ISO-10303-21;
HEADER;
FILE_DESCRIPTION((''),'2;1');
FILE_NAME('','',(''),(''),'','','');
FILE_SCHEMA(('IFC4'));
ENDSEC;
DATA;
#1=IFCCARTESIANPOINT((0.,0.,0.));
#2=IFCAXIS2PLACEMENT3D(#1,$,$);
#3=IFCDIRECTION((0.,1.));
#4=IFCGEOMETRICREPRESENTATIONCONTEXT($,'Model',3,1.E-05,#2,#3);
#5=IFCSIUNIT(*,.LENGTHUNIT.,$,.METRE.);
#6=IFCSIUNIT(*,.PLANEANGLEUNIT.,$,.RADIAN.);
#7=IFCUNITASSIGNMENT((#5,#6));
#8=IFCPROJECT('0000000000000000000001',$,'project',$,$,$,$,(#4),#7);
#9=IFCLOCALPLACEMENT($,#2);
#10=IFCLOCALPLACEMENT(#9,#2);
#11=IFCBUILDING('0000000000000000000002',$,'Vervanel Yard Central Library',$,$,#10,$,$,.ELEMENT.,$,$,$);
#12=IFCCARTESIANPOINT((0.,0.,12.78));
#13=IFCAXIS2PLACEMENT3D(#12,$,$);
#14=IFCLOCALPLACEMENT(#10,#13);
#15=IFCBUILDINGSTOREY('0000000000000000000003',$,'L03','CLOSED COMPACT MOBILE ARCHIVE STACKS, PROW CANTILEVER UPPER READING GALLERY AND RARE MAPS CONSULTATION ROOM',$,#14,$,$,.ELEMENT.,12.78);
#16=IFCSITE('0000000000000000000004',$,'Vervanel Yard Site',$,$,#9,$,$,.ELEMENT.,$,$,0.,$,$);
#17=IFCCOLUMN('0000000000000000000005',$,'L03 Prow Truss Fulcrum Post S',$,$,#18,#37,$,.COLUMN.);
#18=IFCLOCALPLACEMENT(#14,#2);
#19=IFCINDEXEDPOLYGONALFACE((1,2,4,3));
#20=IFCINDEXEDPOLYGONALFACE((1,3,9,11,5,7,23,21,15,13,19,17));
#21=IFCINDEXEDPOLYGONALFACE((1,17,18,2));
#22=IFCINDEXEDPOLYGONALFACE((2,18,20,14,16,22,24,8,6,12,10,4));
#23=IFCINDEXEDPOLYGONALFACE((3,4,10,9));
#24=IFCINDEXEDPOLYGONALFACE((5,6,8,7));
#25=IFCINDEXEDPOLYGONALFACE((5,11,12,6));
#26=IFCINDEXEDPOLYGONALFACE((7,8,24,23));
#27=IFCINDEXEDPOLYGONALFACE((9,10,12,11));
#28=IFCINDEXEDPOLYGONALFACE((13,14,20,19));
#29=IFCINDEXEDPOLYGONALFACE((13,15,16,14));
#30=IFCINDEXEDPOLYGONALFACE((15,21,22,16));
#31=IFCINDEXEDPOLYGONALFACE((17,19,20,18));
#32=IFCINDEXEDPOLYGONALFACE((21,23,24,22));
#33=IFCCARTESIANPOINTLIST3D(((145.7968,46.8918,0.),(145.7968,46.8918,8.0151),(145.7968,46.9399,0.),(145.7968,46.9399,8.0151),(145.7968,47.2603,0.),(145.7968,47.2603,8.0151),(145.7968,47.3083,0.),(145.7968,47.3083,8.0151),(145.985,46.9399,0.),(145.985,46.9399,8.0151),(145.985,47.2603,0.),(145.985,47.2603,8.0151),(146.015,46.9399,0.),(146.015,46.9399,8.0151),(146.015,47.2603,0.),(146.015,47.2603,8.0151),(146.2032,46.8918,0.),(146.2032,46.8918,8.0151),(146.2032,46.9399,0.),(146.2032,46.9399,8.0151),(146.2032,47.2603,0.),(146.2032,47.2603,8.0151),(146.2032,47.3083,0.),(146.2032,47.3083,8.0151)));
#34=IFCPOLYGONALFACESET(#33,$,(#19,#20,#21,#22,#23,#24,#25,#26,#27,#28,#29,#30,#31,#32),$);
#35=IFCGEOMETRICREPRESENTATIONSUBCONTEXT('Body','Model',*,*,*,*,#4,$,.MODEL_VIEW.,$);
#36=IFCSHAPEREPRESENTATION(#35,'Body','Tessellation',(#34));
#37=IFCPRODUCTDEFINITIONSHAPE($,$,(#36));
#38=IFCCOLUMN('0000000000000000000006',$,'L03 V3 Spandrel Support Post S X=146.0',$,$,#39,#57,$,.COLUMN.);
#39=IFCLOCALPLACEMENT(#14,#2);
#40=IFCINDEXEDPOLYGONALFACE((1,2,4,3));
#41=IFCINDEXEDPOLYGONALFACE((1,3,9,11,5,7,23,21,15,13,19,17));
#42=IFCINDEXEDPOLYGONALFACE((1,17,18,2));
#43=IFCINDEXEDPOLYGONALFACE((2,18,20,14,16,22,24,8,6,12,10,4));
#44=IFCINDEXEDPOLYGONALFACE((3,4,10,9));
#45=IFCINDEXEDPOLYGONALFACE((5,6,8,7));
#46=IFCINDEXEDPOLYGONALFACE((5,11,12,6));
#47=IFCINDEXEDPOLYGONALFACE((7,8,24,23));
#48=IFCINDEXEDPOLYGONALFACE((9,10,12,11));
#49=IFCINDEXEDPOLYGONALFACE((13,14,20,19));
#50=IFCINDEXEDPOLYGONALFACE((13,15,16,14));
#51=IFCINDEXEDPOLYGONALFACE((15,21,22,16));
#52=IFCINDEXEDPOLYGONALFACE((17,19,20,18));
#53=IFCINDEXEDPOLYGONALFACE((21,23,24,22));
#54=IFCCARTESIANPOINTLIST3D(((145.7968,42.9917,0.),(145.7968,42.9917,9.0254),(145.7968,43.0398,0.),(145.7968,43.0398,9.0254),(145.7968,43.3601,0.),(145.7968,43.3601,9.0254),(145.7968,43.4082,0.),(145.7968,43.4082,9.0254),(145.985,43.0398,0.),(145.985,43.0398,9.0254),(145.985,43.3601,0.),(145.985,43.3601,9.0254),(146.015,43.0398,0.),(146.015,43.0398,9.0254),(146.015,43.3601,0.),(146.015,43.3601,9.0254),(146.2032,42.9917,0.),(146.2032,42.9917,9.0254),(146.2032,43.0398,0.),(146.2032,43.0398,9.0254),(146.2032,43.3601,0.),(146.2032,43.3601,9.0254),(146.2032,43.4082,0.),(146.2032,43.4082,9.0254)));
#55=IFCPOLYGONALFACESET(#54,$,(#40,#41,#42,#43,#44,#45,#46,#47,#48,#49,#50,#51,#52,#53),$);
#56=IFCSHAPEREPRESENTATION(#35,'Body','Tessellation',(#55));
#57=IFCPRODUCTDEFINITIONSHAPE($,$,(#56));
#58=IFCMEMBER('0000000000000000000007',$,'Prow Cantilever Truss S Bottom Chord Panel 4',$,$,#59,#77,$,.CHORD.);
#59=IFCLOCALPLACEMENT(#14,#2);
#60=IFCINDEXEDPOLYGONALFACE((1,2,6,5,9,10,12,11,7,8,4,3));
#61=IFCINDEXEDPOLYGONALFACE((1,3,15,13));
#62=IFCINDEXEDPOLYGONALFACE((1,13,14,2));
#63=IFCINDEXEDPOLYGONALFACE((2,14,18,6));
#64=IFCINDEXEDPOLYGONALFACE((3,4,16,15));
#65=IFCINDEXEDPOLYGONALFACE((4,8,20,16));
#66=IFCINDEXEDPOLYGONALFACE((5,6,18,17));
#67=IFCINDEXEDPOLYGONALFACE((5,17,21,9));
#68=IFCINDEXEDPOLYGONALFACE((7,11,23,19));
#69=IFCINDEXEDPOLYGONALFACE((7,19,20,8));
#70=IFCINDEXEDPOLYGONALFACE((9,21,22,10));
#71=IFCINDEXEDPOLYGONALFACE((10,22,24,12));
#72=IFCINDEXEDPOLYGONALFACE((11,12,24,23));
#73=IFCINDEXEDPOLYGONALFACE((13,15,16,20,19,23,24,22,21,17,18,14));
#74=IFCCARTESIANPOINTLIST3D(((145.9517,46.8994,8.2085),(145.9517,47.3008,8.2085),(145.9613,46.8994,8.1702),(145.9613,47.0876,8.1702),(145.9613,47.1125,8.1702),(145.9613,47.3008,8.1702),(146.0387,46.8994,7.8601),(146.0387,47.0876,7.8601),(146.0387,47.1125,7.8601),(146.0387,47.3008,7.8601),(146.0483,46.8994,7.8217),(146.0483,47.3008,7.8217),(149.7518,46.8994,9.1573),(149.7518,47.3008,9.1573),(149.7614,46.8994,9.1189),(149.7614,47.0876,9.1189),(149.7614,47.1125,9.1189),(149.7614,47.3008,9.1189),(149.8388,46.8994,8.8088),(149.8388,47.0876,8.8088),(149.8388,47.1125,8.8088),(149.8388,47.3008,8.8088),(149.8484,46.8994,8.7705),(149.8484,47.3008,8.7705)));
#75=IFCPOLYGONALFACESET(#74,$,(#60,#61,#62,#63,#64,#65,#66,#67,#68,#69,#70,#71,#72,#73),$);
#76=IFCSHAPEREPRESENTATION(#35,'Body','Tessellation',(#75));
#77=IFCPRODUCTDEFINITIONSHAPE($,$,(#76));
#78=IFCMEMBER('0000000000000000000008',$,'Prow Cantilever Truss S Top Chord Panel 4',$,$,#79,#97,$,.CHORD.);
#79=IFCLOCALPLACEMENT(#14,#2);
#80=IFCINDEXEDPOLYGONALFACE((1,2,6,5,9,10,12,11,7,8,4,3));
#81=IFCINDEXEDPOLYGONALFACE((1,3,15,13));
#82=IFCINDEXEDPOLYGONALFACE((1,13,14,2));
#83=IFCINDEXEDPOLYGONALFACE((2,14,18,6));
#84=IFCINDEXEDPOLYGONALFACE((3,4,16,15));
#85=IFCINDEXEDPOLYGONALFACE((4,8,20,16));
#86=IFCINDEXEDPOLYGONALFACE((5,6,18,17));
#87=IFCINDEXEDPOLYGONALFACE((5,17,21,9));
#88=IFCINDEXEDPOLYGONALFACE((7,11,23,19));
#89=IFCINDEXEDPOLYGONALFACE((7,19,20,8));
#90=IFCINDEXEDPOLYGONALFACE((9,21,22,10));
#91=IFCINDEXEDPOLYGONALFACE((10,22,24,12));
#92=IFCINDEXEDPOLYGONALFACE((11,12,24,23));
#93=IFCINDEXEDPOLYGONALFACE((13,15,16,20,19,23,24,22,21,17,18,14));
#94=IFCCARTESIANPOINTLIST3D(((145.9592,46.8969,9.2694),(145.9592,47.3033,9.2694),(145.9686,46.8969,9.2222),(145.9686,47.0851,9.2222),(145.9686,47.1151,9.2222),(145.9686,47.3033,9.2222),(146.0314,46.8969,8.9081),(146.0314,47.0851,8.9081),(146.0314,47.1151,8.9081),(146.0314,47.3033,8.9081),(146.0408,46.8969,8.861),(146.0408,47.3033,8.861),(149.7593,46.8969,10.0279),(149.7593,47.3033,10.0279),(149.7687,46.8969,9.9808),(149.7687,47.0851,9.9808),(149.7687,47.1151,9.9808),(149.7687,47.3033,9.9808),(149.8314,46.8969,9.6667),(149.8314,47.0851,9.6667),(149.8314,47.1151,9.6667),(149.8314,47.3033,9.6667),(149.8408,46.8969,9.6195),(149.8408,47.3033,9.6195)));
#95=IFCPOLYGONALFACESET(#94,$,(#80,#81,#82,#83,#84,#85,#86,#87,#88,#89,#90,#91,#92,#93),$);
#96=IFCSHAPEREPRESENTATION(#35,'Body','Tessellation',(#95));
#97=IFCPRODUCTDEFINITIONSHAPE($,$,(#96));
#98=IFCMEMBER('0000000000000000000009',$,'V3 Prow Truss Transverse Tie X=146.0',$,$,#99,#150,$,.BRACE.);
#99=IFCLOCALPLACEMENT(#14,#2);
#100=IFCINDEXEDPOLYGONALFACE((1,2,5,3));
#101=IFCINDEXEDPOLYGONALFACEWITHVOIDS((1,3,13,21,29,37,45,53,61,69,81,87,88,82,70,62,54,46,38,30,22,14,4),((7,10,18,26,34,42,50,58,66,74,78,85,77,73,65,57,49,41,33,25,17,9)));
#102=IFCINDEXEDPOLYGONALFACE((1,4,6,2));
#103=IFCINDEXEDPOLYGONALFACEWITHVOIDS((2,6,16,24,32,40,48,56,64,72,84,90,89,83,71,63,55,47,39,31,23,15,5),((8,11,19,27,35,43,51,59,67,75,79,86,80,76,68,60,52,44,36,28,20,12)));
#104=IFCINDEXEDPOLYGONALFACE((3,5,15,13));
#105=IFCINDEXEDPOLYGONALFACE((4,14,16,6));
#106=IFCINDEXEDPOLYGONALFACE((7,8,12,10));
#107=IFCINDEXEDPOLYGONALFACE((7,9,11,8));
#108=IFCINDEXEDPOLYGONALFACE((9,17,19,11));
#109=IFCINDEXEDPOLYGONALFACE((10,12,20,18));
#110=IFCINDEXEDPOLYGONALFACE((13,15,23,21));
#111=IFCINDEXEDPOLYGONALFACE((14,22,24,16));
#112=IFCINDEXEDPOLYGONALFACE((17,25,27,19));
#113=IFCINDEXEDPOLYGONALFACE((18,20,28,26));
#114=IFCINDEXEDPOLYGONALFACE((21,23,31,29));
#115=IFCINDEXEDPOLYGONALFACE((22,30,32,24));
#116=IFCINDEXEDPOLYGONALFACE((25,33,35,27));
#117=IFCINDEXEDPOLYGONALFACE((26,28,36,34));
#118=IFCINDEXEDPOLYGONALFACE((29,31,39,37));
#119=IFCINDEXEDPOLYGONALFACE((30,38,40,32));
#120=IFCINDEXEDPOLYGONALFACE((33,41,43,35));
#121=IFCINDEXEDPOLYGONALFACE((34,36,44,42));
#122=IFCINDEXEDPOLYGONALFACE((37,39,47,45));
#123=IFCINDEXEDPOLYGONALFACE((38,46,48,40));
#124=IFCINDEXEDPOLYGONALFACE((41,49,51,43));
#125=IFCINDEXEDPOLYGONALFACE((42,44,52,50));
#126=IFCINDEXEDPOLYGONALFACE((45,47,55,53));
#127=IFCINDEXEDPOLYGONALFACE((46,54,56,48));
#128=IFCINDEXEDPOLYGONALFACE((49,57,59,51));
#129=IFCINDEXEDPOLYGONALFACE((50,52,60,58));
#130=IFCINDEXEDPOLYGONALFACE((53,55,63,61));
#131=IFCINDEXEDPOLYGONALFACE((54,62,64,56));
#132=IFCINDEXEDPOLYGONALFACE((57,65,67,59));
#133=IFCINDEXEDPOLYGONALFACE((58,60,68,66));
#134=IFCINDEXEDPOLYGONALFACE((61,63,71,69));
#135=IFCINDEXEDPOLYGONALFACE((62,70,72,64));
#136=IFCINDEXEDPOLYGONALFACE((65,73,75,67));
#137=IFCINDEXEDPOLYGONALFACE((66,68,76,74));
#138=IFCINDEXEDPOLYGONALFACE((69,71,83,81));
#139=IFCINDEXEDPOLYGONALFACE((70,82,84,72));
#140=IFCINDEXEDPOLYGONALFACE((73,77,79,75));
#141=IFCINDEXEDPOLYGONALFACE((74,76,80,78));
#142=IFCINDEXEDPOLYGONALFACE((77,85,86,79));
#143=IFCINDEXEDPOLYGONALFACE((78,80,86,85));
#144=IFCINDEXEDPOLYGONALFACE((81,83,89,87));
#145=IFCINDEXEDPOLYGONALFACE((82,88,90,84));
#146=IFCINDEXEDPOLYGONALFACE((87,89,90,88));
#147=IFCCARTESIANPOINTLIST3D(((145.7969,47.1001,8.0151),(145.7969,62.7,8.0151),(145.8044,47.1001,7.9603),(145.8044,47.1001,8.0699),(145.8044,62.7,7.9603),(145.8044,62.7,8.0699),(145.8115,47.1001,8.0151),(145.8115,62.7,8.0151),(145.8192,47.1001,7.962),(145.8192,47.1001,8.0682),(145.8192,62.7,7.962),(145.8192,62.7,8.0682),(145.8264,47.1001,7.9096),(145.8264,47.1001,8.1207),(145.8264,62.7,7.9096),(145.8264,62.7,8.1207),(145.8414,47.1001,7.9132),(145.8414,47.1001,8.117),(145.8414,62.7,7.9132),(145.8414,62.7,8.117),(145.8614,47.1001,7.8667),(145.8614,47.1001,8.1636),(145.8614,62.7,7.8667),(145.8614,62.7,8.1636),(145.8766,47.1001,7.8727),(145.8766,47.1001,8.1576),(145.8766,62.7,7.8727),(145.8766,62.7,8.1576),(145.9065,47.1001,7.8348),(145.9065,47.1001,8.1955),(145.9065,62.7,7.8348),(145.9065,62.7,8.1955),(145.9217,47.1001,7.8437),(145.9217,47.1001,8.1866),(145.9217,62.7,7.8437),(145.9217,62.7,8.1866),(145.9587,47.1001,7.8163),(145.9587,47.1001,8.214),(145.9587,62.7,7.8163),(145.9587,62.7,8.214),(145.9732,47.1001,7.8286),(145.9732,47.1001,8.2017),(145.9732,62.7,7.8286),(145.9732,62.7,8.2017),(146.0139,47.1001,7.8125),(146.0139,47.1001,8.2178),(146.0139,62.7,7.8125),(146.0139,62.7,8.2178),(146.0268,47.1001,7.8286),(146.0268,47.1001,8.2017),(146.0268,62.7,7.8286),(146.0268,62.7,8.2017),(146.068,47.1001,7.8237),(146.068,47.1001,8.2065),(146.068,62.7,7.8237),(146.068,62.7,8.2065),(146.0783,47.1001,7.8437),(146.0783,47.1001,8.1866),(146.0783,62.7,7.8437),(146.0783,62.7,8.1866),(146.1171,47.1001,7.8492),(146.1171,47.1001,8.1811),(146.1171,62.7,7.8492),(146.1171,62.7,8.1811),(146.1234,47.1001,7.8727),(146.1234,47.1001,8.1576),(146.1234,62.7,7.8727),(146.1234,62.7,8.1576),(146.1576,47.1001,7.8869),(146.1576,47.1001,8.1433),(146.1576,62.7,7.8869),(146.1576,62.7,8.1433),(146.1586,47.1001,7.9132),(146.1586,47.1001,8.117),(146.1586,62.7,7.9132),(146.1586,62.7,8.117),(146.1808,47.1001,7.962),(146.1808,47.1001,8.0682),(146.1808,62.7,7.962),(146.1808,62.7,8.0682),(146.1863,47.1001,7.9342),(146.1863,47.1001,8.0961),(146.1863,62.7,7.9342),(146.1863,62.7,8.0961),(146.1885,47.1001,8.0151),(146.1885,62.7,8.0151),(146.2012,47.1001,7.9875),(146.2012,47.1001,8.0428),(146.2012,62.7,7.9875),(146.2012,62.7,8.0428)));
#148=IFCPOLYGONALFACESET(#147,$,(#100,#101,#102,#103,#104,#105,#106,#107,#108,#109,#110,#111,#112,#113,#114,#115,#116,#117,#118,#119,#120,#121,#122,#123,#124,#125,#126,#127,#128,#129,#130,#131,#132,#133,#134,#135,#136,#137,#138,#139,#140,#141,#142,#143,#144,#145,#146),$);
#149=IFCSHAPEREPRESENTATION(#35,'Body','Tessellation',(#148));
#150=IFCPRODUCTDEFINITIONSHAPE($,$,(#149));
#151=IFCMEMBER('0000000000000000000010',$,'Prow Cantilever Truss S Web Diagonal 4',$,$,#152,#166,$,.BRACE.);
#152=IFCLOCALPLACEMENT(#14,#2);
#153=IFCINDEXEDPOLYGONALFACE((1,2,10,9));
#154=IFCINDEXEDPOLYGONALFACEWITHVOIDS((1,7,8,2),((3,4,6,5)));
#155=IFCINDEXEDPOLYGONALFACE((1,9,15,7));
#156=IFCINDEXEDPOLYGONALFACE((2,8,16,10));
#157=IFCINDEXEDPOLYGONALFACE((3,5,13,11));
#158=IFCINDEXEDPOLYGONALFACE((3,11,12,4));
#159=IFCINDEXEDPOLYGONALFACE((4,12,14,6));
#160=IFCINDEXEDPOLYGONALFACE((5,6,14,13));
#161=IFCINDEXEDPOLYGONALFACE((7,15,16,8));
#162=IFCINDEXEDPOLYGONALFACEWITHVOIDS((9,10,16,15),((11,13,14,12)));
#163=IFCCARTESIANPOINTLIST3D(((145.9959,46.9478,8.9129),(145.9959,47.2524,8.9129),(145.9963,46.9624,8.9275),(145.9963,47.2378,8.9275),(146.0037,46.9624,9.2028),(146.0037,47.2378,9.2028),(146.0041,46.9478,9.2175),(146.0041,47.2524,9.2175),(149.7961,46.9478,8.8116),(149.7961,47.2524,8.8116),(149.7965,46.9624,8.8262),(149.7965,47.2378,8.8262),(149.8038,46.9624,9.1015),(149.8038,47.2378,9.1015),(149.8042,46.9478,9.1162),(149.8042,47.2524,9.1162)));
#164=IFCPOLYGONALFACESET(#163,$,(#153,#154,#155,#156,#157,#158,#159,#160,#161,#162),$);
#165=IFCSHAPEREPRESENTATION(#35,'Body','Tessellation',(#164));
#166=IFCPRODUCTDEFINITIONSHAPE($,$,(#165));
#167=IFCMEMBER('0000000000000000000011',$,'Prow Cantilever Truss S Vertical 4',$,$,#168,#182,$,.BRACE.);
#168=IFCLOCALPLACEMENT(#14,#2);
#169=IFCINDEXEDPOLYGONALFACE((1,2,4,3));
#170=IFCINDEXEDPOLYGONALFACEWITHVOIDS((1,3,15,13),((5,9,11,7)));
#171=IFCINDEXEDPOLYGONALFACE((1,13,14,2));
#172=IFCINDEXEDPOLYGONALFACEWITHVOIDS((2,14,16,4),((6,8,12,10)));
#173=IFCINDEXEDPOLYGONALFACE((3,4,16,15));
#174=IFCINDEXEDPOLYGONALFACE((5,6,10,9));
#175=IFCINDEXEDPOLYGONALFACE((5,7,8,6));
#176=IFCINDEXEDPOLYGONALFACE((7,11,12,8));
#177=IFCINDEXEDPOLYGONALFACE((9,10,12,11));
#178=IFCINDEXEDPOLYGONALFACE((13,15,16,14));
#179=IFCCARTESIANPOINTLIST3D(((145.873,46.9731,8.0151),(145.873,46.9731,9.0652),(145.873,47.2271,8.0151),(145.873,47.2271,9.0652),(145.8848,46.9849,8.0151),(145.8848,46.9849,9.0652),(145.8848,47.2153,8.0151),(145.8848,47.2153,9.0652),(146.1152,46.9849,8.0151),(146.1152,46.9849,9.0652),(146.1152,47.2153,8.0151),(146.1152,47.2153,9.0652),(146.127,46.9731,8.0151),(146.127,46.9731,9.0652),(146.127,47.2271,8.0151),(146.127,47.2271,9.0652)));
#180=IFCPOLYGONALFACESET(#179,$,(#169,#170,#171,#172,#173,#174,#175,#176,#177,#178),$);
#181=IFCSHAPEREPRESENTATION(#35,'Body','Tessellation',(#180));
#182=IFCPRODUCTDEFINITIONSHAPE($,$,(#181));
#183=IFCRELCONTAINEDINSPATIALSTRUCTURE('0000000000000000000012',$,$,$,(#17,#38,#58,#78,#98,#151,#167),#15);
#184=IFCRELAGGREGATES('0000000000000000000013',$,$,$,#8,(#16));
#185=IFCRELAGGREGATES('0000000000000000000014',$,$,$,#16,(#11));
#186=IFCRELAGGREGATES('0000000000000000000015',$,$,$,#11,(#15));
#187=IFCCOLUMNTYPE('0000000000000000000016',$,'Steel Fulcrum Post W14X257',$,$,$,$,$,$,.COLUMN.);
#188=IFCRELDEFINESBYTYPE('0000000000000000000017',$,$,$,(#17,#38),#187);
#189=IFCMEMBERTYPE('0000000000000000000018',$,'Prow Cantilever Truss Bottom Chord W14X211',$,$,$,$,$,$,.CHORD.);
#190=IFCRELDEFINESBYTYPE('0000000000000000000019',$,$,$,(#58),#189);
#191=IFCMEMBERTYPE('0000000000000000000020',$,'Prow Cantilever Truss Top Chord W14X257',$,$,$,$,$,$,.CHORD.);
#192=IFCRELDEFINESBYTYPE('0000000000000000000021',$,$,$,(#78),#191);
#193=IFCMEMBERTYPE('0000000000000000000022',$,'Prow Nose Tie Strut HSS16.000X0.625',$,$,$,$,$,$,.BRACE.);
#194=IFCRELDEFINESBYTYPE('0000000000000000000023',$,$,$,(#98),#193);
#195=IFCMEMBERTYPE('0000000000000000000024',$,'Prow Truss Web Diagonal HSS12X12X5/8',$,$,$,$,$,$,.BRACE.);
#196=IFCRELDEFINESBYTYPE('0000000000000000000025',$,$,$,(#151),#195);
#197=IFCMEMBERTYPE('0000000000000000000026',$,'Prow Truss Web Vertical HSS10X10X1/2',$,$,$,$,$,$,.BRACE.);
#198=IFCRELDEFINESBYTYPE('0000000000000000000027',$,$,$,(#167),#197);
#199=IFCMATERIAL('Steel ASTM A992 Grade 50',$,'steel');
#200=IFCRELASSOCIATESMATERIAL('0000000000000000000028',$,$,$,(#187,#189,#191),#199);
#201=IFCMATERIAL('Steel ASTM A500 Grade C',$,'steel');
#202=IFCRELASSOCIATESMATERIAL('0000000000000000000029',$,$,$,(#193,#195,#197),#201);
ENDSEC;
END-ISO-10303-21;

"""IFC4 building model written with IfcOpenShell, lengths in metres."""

from ifc_helpers import new_model, si_unit, direction, frame, origin, origin_2d, place, context, subcontext, project, spatial, hollow_rectangle, hollow_circle, i_section, extrude, material, material_profile, profile_set, type_object, element, save


model = new_model("IFC4")

# Units and contexts
model_context = context("Model", 3, precision=1e-05, world=origin(), true_north=direction((0.0, 1.0)))
body_context = subcontext(model_context, "Body", "Model", "MODEL_VIEW")
ifc_project = project(units=[si_unit("LENGTHUNIT", "METRE"), si_unit("PLANEANGLEUNIT", "RADIAN")], contexts=[model_context])

# Site, building, storey
site_placement = place(None, origin())
site = spatial("IfcSite", under=ifc_project, at=site_placement, Name="Vervanel Yard Site", CompositionType="ELEMENT", RefElevation=0.0)
building_placement = place(site_placement, origin())
building = spatial("IfcBuilding", under=site, at=building_placement, Name="Vervanel Yard Central Library", CompositionType="ELEMENT")
storey_placement = place(building_placement, frame((0.0, 0.0, 12.78)))
storey = spatial("IfcBuildingStorey", under=building, at=storey_placement, Name="L03", Description="CLOSED COMPACT MOBILE ARCHIVE STACKS, PROW CANTILEVER UPPER READING GALLERY AND RARE MAPS CONSULTATION ROOM", CompositionType="ELEMENT", Elevation=12.78)

# Columns
ifc_material_1 = material(Name="Steel ASTM A992 Grade 50", Category="steel")
ifc_material_profile_1 = material_profile(ifc_material_1, i_section(OverallWidth=0.4065, OverallDepth=0.4165, WebThickness=0.03, FlangeThickness=0.0481, at=origin_2d()), Name="W14X257", Category="steel")
ifc_profile_set_1 = profile_set([ifc_material_profile_1], Name="Steel ASTM A992 Grade 50")
column_type = type_object("IfcColumnType", Name="Steel Fulcrum Post W14X257", PredefinedType="COLUMN", material=ifc_profile_set_1)
column_1_placement = place(storey_placement, frame((146.0, 47.1001, 0.0), z_axis=(0.0, 0.0, 1.0), x_axis=(1.0, 0.0, 0.0)))
element("IfcColumn", 1, at=column_1_placement, inside=storey, type_object=column_type, Name="L03 Prow Truss Fulcrum Post S", PredefinedType="COLUMN", context=body_context, shape_type="SweptSolid", body=[
    extrude(i_section(OverallWidth=0.4065, OverallDepth=0.4165, WebThickness=0.03, FlangeThickness=0.0481, at=origin_2d()), origin(), (0.0, 0.0, 1.0), 8.0151),
])
column_2_placement = place(storey_placement, frame((146.0, 43.2, 0.0), z_axis=(0.0, 0.0, 1.0), x_axis=(1.0, 0.0, 0.0)))
element("IfcColumn", 2, at=column_2_placement, inside=storey, type_object=column_type, Name="L03 V3 Spandrel Support Post S X=146.0", PredefinedType="COLUMN", context=body_context, shape_type="SweptSolid", body=[
    extrude(i_section(OverallWidth=0.4065, OverallDepth=0.4165, WebThickness=0.03, FlangeThickness=0.0481, at=origin_2d()), origin(), (0.0, 0.0, 1.0), 9.0254),
])

# Members
ifc_material_profile_2 = material_profile(ifc_material_1, i_section(OverallWidth=0.4014, OverallDepth=0.3987, WebThickness=0.0249, FlangeThickness=0.0396, at=origin_2d()), Name="W14X211", Category="steel")
ifc_profile_set_2 = profile_set([ifc_material_profile_2], Name="Steel ASTM A992 Grade 50")
member_type_1 = type_object("IfcMemberType", Name="Prow Cantilever Truss Bottom Chord W14X211", PredefinedType="CHORD", material=ifc_profile_set_2)
member_1_placement = place(storey_placement, frame((146.0, 47.1001, 8.0151), z_axis=(0.970219, 0.0, 0.242228), x_axis=(0.0, 1.0, 0.0)))
element("IfcMember", 3, at=member_1_placement, inside=storey, type_object=member_type_1, Name="Prow Cantilever Truss S Bottom Chord Panel 4", PredefinedType="CHORD", context=body_context, shape_type="SweptSolid", body=[
    extrude(i_section(OverallWidth=0.4014, OverallDepth=0.3987, WebThickness=0.0249, FlangeThickness=0.0396, at=origin_2d()), origin(), (0.0, 0.0, 1.0), 3.9167),
])
ifc_material_profile_3 = material_profile(ifc_material_1, i_section(OverallWidth=0.4065, OverallDepth=0.4165, WebThickness=0.03, FlangeThickness=0.0481, at=origin_2d()), Name="W14X257", Category="steel")
ifc_profile_set_3 = profile_set([ifc_material_profile_3], Name="Steel ASTM A992 Grade 50")
member_type_2 = type_object("IfcMemberType", Name="Prow Cantilever Truss Top Chord W14X257", PredefinedType="CHORD", material=ifc_profile_set_3)
member_2_placement = place(storey_placement, frame((146.0, 47.1001, 9.0652), z_axis=(0.980653, 0.0, 0.195753), x_axis=(0.0, 1.0, 0.0)))
element("IfcMember", 4, at=member_2_placement, inside=storey, type_object=member_type_2, Name="Prow Cantilever Truss S Top Chord Panel 4", PredefinedType="CHORD", context=body_context, shape_type="SweptSolid", body=[
    extrude(i_section(OverallWidth=0.4065, OverallDepth=0.4165, WebThickness=0.03, FlangeThickness=0.0481, at=origin_2d()), origin(), (0.0, 0.0, 1.0), 3.875),
])
ifc_material_2 = material(Name="Steel ASTM A500 Grade C", Category="steel")
ifc_material_profile_4 = material_profile(ifc_material_2, hollow_circle(Radius=0.2031, WallThickness=0.0146, at=origin_2d()), Name="HSS16.000X0.625", Category="steel")
ifc_profile_set_4 = profile_set([ifc_material_profile_4], Name="Steel ASTM A500 Grade C")
member_type_3 = type_object("IfcMemberType", Name="Prow Nose Tie Strut HSS16.000X0.625", PredefinedType="BRACE", material=ifc_profile_set_4)
member_3_placement = place(storey_placement, frame((146.0, 47.1001, 8.0151), z_axis=(0.0, 1.0, 0.0), x_axis=(-1.0, 0.0, 0.0)))
element("IfcMember", 5, at=member_3_placement, inside=storey, type_object=member_type_3, Name="V3 Prow Truss Transverse Tie X=146.0", PredefinedType="BRACE", context=body_context, shape_type="SweptSolid", body=[
    extrude(hollow_circle(Radius=0.2031, WallThickness=0.0146, at=origin_2d()), origin(), (0.0, 0.0, 1.0), 15.5999),
])
ifc_material_profile_5 = material_profile(ifc_material_2, hollow_rectangle(XDim=0.3047, YDim=0.3047, WallThickness=0.0146, at=origin_2d()), Name="HSS12X12X5/8", Category="steel")
ifc_profile_set_5 = profile_set([ifc_material_profile_5], Name="Steel ASTM A500 Grade C")
member_type_4 = type_object("IfcMemberType", Name="Prow Truss Web Diagonal HSS12X12X5/8", PredefinedType="BRACE", material=ifc_profile_set_5)
member_4_placement = place(storey_placement, frame((146.0, 47.1001, 9.0652), z_axis=(0.999645, 0.0, -0.026653), x_axis=(0.0, 1.0, 0.0)))
element("IfcMember", 6, at=member_4_placement, inside=storey, type_object=member_type_4, Name="Prow Cantilever Truss S Web Diagonal 4", PredefinedType="BRACE", context=body_context, shape_type="SweptSolid", body=[
    extrude(hollow_rectangle(XDim=0.3047, YDim=0.3047, WallThickness=0.0146, at=origin_2d()), origin(), (0.0, 0.0, 1.0), 3.8015),
])
ifc_material_profile_6 = material_profile(ifc_material_2, hollow_rectangle(XDim=0.2539, YDim=0.2539, WallThickness=0.0117, at=origin_2d()), Name="HSS10X10X1/2", Category="steel")
ifc_profile_set_6 = profile_set([ifc_material_profile_6], Name="Steel ASTM A500 Grade C")
member_type_5 = type_object("IfcMemberType", Name="Prow Truss Web Vertical HSS10X10X1/2", PredefinedType="BRACE", material=ifc_profile_set_6)
member_5_placement = place(storey_placement, frame((146.0, 47.1001, 8.0151), z_axis=(0.0, 0.0, 1.0), x_axis=(1.0, 0.0, 0.0)))
element("IfcMember", 7, at=member_5_placement, inside=storey, type_object=member_type_5, Name="Prow Cantilever Truss S Vertical 4", PredefinedType="BRACE", context=body_context, shape_type="SweptSolid", body=[
    extrude(hollow_rectangle(XDim=0.2539, YDim=0.2539, WallThickness=0.0117, at=origin_2d()), origin(), (0.0, 0.0, 1.0), 1.05),
])

save(model, "model.ifc")
